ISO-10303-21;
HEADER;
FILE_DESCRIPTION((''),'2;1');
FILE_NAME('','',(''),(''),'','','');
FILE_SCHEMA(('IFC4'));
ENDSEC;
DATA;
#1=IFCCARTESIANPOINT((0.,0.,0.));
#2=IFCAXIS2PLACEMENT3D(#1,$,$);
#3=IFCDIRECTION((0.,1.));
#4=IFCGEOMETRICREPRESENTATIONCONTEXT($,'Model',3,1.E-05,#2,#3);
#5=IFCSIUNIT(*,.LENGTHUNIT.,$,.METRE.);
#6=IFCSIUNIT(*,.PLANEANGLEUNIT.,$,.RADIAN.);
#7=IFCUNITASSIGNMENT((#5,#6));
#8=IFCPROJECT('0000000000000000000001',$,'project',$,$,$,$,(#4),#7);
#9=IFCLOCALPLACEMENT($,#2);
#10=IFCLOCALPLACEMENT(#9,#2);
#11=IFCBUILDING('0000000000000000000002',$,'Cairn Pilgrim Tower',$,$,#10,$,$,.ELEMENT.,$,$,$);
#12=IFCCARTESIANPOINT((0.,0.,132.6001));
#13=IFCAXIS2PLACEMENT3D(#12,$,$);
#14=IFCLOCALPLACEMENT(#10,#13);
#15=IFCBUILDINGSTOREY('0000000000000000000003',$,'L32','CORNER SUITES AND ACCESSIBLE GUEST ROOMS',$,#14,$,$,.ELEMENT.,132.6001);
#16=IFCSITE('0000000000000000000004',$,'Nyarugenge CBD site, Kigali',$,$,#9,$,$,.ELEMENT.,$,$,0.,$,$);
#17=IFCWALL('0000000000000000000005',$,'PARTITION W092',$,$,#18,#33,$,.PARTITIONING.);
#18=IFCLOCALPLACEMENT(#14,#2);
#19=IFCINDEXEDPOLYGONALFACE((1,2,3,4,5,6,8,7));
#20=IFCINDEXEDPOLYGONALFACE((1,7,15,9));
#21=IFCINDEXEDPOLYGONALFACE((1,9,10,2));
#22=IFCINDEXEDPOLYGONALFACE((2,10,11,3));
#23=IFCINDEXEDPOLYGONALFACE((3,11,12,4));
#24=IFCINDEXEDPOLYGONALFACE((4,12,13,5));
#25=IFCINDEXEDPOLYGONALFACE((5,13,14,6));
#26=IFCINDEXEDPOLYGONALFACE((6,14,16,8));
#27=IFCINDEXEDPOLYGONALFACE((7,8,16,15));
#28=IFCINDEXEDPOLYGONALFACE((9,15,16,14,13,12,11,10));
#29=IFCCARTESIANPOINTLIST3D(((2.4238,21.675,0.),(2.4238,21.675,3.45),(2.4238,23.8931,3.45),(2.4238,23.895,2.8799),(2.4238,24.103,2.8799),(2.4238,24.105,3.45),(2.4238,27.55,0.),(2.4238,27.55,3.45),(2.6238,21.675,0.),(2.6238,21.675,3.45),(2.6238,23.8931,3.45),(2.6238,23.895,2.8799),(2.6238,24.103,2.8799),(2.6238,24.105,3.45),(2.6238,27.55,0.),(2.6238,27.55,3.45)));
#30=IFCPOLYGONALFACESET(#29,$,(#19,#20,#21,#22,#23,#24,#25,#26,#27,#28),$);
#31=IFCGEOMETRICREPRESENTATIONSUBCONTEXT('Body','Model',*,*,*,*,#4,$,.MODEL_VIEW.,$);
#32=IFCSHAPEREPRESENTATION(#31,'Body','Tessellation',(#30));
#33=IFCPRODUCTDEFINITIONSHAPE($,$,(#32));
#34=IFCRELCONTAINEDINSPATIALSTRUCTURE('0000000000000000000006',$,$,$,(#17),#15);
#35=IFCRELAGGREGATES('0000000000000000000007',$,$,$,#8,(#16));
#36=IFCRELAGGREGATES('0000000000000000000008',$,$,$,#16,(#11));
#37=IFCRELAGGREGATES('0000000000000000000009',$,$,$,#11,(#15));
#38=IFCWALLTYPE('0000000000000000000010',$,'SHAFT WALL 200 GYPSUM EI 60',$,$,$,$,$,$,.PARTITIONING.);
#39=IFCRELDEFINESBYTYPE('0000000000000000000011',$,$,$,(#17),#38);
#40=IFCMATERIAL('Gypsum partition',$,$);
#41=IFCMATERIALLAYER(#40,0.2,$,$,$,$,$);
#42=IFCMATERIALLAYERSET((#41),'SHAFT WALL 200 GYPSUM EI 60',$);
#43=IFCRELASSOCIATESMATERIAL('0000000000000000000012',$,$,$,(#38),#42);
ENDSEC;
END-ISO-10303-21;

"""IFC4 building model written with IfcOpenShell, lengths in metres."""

from ifc_helpers import new_model, si_unit, direction, frame, origin, place, context, subcontext, project, spatial, polyline, outline, extrude, material, layer, layer_set, type_object, element, save


model = new_model("IFC4")

# Units and contexts
model_context = context("Model", 3, precision=1e-05, world=origin(), true_north=direction((0.0, 1.0)))
body_context = subcontext(model_context, "Body", "Model", "MODEL_VIEW")
ifc_project = project(units=[si_unit("LENGTHUNIT", "METRE"), si_unit("PLANEANGLEUNIT", "RADIAN")], contexts=[model_context])

# Site, building, storey
site_placement = place(None, origin())
site = spatial("IfcSite", under=ifc_project, at=site_placement, Name="Nyarugenge CBD site, Kigali", CompositionType="ELEMENT", RefElevation=0.0)
building_placement = place(site_placement, origin())
building = spatial("IfcBuilding", under=site, at=building_placement, Name="Cairn Pilgrim Tower", CompositionType="ELEMENT")
storey_placement = place(building_placement, frame((0.0, 0.0, 132.6001)))
storey = spatial("IfcBuildingStorey", under=building, at=storey_placement, Name="L32", Description="CORNER SUITES AND ACCESSIBLE GUEST ROOMS", CompositionType="ELEMENT", Elevation=132.6001)

# Shared definitions
ifc_material_1 = material(Name="Gypsum partition")

# Wall
ifc_layer_1 = layer(ifc_material_1, 0.2)
ifc_layer_set_1 = layer_set([ifc_layer_1], Name="SHAFT WALL 200 GYPSUM EI 60")
wall_type_1 = type_object("IfcWallType", Name="SHAFT WALL 200 GYPSUM EI 60", PredefinedType="PARTITIONING", material=ifc_layer_set_1)
wall_1_placement = place(storey_placement, frame((2.5239, 21.675, 0.0), z_axis=(0.0, 0.0, 1.0), x_axis=(0.0, 1.0, 0.0)))
element("IfcWall", 1, at=wall_1_placement, inside=storey, type_object=wall_type_1, Name="PARTITION W092", PredefinedType="PARTITIONING", context=body_context, shape_type="SweptSolid", body=[
    extrude(outline(polyline([(0.0, 0.0), (5.875, 0.0), (5.875, 3.45), (2.4299, 3.45), (2.428, 2.8799), (2.22, 2.8799), (2.218, 3.45), (0.0, 3.45), (0.0, 0.0)])), frame((0.0, 0.1001, 0.0), z_axis=(0.0, -1.0, 0.0), x_axis=(1.0, 0.0, 0.0)), (0.0, 0.0, 1.0), 0.2),
])

save(model, "model.ifc")
